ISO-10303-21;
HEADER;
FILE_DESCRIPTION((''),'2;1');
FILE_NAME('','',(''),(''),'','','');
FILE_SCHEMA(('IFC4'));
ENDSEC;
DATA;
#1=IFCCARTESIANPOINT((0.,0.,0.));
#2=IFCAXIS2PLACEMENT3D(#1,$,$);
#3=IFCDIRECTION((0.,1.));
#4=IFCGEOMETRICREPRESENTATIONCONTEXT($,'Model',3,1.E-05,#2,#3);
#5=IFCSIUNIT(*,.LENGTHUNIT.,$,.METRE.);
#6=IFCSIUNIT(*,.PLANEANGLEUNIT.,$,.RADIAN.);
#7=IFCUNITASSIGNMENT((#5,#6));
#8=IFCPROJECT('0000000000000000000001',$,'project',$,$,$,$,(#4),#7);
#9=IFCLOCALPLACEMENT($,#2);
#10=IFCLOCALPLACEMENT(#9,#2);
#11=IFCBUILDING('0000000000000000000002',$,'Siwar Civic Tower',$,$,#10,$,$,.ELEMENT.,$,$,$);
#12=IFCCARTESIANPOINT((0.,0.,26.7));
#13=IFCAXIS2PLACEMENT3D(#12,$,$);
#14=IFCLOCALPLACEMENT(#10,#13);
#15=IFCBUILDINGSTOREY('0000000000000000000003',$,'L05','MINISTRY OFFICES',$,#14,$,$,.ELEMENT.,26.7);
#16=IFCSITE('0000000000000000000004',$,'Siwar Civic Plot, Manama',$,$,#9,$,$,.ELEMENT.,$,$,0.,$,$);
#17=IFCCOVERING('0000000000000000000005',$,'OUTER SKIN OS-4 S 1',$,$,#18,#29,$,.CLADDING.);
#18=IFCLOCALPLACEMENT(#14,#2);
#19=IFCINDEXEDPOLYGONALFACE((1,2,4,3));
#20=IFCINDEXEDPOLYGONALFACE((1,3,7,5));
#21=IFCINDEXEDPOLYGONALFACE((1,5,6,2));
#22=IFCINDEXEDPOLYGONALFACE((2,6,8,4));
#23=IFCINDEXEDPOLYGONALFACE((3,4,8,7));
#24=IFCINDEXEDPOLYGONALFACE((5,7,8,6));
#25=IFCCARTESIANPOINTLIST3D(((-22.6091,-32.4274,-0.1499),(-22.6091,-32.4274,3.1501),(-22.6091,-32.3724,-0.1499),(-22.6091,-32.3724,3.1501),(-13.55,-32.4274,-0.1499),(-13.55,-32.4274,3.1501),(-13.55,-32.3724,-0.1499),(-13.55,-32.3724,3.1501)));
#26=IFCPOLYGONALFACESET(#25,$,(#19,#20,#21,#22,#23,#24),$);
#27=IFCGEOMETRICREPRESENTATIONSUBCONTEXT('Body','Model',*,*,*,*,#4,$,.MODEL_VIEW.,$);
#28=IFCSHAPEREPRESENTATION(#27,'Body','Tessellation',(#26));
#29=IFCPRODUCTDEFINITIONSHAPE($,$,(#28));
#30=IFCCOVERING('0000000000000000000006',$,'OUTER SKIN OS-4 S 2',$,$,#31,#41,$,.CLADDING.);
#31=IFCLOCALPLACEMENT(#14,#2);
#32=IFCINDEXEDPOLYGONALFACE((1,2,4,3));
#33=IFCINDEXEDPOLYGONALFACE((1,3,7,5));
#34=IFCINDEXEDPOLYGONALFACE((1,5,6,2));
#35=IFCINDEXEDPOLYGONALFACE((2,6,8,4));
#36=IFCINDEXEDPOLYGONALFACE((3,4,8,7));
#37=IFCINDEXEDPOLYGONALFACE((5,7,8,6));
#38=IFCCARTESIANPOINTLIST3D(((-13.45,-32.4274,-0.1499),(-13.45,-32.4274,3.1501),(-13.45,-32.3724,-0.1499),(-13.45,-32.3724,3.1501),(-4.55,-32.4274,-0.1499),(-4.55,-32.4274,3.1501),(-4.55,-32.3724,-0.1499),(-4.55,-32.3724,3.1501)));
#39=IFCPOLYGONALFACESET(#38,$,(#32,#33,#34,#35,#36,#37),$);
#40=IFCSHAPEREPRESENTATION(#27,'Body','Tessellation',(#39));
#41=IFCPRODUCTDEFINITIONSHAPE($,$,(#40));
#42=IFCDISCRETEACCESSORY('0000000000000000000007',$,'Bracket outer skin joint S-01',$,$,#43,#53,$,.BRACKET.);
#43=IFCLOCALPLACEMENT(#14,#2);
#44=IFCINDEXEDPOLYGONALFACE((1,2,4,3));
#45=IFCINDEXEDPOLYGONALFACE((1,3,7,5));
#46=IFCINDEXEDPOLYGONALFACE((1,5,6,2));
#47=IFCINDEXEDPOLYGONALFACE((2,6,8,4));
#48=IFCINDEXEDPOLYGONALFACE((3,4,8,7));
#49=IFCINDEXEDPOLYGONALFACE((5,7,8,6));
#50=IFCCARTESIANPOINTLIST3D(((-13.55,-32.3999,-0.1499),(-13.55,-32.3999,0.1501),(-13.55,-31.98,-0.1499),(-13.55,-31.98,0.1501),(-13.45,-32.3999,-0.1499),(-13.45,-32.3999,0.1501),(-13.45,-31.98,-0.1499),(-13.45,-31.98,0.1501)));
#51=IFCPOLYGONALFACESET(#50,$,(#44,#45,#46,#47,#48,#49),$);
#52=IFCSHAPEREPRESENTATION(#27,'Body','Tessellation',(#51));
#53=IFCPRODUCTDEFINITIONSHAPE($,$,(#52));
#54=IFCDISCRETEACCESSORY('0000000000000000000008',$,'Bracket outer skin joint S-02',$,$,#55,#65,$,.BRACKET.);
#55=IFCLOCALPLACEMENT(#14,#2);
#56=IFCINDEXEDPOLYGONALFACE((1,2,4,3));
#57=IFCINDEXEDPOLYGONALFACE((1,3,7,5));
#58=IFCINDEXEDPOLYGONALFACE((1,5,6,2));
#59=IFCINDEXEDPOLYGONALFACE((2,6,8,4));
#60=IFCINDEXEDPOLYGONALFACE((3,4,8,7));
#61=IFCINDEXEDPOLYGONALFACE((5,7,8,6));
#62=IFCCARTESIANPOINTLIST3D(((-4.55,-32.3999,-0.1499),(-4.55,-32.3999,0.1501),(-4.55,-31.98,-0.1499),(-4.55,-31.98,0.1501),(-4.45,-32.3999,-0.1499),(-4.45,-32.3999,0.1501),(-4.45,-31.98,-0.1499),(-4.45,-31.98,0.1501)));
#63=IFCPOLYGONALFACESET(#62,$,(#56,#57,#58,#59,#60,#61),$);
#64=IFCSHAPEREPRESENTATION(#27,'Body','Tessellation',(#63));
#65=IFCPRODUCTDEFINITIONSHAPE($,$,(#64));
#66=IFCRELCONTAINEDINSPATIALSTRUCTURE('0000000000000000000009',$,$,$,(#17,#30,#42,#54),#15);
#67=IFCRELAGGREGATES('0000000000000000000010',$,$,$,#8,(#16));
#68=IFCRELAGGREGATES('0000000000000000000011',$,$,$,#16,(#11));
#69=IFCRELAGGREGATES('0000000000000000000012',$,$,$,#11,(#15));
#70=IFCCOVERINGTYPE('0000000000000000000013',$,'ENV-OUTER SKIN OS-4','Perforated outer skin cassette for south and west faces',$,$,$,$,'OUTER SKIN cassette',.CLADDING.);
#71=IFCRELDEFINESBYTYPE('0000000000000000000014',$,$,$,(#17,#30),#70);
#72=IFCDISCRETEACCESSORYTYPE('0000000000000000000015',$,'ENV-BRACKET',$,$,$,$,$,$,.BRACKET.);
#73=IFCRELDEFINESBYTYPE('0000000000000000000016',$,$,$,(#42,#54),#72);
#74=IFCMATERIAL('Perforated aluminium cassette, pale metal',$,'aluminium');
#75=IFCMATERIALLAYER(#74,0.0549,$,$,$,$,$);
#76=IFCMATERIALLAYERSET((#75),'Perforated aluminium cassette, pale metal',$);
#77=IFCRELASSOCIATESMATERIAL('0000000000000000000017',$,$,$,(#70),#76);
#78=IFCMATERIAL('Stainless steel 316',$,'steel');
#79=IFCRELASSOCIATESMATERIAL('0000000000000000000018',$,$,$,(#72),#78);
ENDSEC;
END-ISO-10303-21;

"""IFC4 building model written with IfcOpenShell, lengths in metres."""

from ifc_helpers import new_model, si_unit, direction, frame, origin, origin_2d, place, context, subcontext, project, spatial, rectangle, extrude, material, layer, layer_set, type_object, element, save


model = new_model("IFC4")

# Units and contexts
model_context = context("Model", 3, precision=1e-05, world=origin(), true_north=direction((0.0, 1.0)))
body_context = subcontext(model_context, "Body", "Model", "MODEL_VIEW")
ifc_project = project(units=[si_unit("LENGTHUNIT", "METRE"), si_unit("PLANEANGLEUNIT", "RADIAN")], contexts=[model_context])

# Site, building, storey
site_placement = place(None, origin())
site = spatial("IfcSite", under=ifc_project, at=site_placement, Name="Siwar Civic Plot, Manama", CompositionType="ELEMENT", RefElevation=0.0)
building_placement = place(site_placement, origin())
building = spatial("IfcBuilding", under=site, at=building_placement, Name="Siwar Civic Tower", CompositionType="ELEMENT")
storey_placement = place(building_placement, frame((0.0, 0.0, 26.7)))
storey = spatial("IfcBuildingStorey", under=building, at=storey_placement, Name="L05", Description="MINISTRY OFFICES", CompositionType="ELEMENT", Elevation=26.7)

# Coverings
ifc_material_1 = material(Name="Perforated aluminium cassette, pale metal", Category="aluminium")
ifc_layer_1 = layer(ifc_material_1, 0.0549)
ifc_layer_set_1 = layer_set([ifc_layer_1], Name="Perforated aluminium cassette, pale metal")
covering_type = type_object("IfcCoveringType", Name="ENV-OUTER SKIN OS-4", Description="Perforated outer skin cassette for south and west faces", ElementType="OUTER SKIN cassette", PredefinedType="CLADDING", material=ifc_layer_set_1)
covering_1_placement = place(storey_placement, frame((-18.0796, -32.3999, -0.1499), z_axis=(0.0, 0.0, 1.0), x_axis=(1.0, 0.0, 0.0)))
element("IfcCovering", 1, at=covering_1_placement, inside=storey, type_object=covering_type, Name="OUTER SKIN OS-4 S 1", PredefinedType="CLADDING", context=body_context, shape_type="SweptSolid", body=[
    extrude(rectangle(XDim=9.0591, YDim=0.0549, at=origin_2d()), origin(), (0.0, 0.0, 1.0), 3.3),
])
covering_2_placement = place(storey_placement, frame((-9.0, -32.3999, -0.1499), z_axis=(0.0, 0.0, 1.0), x_axis=(1.0, 0.0, 0.0)))
element("IfcCovering", 2, at=covering_2_placement, inside=storey, type_object=covering_type, Name="OUTER SKIN OS-4 S 2", PredefinedType="CLADDING", context=body_context, shape_type="SweptSolid", body=[
    extrude(rectangle(XDim=8.8999, YDim=0.0549, at=origin_2d()), origin(), (0.0, 0.0, 1.0), 3.3),
])

# Discrete accessories
ifc_material_2 = material(Name="Stainless steel 316", Category="steel")
discrete_accessory_type = type_object("IfcDiscreteAccessoryType", Name="ENV-BRACKET", PredefinedType="BRACKET", material=ifc_material_2)
for number, where, z_axis, x_axis, name in (
    (3, (-13.5, -32.1899, -0.1499), (0.0, 0.0, 1.0), (0.0, -1.0, 0.0), "Bracket outer skin joint S-01"),
    (4, (-4.5, -32.1899, -0.1499), (0.0, 0.0, 1.0), (0.0, -1.0, 0.0), "Bracket outer skin joint S-02"),
):
    element("IfcDiscreteAccessory", number, at=place(storey_placement, frame(where, z_axis=z_axis, x_axis=x_axis)), inside=storey, type_object=discrete_accessory_type, Name=name, PredefinedType="BRACKET", context=body_context, shape_type="SweptSolid", body=[
        extrude(rectangle(XDim=0.4199, YDim=0.1001, at=origin_2d()), origin(), (0.0, 0.0, 1.0), 0.3),
    ])

save(model, "model.ifc")
